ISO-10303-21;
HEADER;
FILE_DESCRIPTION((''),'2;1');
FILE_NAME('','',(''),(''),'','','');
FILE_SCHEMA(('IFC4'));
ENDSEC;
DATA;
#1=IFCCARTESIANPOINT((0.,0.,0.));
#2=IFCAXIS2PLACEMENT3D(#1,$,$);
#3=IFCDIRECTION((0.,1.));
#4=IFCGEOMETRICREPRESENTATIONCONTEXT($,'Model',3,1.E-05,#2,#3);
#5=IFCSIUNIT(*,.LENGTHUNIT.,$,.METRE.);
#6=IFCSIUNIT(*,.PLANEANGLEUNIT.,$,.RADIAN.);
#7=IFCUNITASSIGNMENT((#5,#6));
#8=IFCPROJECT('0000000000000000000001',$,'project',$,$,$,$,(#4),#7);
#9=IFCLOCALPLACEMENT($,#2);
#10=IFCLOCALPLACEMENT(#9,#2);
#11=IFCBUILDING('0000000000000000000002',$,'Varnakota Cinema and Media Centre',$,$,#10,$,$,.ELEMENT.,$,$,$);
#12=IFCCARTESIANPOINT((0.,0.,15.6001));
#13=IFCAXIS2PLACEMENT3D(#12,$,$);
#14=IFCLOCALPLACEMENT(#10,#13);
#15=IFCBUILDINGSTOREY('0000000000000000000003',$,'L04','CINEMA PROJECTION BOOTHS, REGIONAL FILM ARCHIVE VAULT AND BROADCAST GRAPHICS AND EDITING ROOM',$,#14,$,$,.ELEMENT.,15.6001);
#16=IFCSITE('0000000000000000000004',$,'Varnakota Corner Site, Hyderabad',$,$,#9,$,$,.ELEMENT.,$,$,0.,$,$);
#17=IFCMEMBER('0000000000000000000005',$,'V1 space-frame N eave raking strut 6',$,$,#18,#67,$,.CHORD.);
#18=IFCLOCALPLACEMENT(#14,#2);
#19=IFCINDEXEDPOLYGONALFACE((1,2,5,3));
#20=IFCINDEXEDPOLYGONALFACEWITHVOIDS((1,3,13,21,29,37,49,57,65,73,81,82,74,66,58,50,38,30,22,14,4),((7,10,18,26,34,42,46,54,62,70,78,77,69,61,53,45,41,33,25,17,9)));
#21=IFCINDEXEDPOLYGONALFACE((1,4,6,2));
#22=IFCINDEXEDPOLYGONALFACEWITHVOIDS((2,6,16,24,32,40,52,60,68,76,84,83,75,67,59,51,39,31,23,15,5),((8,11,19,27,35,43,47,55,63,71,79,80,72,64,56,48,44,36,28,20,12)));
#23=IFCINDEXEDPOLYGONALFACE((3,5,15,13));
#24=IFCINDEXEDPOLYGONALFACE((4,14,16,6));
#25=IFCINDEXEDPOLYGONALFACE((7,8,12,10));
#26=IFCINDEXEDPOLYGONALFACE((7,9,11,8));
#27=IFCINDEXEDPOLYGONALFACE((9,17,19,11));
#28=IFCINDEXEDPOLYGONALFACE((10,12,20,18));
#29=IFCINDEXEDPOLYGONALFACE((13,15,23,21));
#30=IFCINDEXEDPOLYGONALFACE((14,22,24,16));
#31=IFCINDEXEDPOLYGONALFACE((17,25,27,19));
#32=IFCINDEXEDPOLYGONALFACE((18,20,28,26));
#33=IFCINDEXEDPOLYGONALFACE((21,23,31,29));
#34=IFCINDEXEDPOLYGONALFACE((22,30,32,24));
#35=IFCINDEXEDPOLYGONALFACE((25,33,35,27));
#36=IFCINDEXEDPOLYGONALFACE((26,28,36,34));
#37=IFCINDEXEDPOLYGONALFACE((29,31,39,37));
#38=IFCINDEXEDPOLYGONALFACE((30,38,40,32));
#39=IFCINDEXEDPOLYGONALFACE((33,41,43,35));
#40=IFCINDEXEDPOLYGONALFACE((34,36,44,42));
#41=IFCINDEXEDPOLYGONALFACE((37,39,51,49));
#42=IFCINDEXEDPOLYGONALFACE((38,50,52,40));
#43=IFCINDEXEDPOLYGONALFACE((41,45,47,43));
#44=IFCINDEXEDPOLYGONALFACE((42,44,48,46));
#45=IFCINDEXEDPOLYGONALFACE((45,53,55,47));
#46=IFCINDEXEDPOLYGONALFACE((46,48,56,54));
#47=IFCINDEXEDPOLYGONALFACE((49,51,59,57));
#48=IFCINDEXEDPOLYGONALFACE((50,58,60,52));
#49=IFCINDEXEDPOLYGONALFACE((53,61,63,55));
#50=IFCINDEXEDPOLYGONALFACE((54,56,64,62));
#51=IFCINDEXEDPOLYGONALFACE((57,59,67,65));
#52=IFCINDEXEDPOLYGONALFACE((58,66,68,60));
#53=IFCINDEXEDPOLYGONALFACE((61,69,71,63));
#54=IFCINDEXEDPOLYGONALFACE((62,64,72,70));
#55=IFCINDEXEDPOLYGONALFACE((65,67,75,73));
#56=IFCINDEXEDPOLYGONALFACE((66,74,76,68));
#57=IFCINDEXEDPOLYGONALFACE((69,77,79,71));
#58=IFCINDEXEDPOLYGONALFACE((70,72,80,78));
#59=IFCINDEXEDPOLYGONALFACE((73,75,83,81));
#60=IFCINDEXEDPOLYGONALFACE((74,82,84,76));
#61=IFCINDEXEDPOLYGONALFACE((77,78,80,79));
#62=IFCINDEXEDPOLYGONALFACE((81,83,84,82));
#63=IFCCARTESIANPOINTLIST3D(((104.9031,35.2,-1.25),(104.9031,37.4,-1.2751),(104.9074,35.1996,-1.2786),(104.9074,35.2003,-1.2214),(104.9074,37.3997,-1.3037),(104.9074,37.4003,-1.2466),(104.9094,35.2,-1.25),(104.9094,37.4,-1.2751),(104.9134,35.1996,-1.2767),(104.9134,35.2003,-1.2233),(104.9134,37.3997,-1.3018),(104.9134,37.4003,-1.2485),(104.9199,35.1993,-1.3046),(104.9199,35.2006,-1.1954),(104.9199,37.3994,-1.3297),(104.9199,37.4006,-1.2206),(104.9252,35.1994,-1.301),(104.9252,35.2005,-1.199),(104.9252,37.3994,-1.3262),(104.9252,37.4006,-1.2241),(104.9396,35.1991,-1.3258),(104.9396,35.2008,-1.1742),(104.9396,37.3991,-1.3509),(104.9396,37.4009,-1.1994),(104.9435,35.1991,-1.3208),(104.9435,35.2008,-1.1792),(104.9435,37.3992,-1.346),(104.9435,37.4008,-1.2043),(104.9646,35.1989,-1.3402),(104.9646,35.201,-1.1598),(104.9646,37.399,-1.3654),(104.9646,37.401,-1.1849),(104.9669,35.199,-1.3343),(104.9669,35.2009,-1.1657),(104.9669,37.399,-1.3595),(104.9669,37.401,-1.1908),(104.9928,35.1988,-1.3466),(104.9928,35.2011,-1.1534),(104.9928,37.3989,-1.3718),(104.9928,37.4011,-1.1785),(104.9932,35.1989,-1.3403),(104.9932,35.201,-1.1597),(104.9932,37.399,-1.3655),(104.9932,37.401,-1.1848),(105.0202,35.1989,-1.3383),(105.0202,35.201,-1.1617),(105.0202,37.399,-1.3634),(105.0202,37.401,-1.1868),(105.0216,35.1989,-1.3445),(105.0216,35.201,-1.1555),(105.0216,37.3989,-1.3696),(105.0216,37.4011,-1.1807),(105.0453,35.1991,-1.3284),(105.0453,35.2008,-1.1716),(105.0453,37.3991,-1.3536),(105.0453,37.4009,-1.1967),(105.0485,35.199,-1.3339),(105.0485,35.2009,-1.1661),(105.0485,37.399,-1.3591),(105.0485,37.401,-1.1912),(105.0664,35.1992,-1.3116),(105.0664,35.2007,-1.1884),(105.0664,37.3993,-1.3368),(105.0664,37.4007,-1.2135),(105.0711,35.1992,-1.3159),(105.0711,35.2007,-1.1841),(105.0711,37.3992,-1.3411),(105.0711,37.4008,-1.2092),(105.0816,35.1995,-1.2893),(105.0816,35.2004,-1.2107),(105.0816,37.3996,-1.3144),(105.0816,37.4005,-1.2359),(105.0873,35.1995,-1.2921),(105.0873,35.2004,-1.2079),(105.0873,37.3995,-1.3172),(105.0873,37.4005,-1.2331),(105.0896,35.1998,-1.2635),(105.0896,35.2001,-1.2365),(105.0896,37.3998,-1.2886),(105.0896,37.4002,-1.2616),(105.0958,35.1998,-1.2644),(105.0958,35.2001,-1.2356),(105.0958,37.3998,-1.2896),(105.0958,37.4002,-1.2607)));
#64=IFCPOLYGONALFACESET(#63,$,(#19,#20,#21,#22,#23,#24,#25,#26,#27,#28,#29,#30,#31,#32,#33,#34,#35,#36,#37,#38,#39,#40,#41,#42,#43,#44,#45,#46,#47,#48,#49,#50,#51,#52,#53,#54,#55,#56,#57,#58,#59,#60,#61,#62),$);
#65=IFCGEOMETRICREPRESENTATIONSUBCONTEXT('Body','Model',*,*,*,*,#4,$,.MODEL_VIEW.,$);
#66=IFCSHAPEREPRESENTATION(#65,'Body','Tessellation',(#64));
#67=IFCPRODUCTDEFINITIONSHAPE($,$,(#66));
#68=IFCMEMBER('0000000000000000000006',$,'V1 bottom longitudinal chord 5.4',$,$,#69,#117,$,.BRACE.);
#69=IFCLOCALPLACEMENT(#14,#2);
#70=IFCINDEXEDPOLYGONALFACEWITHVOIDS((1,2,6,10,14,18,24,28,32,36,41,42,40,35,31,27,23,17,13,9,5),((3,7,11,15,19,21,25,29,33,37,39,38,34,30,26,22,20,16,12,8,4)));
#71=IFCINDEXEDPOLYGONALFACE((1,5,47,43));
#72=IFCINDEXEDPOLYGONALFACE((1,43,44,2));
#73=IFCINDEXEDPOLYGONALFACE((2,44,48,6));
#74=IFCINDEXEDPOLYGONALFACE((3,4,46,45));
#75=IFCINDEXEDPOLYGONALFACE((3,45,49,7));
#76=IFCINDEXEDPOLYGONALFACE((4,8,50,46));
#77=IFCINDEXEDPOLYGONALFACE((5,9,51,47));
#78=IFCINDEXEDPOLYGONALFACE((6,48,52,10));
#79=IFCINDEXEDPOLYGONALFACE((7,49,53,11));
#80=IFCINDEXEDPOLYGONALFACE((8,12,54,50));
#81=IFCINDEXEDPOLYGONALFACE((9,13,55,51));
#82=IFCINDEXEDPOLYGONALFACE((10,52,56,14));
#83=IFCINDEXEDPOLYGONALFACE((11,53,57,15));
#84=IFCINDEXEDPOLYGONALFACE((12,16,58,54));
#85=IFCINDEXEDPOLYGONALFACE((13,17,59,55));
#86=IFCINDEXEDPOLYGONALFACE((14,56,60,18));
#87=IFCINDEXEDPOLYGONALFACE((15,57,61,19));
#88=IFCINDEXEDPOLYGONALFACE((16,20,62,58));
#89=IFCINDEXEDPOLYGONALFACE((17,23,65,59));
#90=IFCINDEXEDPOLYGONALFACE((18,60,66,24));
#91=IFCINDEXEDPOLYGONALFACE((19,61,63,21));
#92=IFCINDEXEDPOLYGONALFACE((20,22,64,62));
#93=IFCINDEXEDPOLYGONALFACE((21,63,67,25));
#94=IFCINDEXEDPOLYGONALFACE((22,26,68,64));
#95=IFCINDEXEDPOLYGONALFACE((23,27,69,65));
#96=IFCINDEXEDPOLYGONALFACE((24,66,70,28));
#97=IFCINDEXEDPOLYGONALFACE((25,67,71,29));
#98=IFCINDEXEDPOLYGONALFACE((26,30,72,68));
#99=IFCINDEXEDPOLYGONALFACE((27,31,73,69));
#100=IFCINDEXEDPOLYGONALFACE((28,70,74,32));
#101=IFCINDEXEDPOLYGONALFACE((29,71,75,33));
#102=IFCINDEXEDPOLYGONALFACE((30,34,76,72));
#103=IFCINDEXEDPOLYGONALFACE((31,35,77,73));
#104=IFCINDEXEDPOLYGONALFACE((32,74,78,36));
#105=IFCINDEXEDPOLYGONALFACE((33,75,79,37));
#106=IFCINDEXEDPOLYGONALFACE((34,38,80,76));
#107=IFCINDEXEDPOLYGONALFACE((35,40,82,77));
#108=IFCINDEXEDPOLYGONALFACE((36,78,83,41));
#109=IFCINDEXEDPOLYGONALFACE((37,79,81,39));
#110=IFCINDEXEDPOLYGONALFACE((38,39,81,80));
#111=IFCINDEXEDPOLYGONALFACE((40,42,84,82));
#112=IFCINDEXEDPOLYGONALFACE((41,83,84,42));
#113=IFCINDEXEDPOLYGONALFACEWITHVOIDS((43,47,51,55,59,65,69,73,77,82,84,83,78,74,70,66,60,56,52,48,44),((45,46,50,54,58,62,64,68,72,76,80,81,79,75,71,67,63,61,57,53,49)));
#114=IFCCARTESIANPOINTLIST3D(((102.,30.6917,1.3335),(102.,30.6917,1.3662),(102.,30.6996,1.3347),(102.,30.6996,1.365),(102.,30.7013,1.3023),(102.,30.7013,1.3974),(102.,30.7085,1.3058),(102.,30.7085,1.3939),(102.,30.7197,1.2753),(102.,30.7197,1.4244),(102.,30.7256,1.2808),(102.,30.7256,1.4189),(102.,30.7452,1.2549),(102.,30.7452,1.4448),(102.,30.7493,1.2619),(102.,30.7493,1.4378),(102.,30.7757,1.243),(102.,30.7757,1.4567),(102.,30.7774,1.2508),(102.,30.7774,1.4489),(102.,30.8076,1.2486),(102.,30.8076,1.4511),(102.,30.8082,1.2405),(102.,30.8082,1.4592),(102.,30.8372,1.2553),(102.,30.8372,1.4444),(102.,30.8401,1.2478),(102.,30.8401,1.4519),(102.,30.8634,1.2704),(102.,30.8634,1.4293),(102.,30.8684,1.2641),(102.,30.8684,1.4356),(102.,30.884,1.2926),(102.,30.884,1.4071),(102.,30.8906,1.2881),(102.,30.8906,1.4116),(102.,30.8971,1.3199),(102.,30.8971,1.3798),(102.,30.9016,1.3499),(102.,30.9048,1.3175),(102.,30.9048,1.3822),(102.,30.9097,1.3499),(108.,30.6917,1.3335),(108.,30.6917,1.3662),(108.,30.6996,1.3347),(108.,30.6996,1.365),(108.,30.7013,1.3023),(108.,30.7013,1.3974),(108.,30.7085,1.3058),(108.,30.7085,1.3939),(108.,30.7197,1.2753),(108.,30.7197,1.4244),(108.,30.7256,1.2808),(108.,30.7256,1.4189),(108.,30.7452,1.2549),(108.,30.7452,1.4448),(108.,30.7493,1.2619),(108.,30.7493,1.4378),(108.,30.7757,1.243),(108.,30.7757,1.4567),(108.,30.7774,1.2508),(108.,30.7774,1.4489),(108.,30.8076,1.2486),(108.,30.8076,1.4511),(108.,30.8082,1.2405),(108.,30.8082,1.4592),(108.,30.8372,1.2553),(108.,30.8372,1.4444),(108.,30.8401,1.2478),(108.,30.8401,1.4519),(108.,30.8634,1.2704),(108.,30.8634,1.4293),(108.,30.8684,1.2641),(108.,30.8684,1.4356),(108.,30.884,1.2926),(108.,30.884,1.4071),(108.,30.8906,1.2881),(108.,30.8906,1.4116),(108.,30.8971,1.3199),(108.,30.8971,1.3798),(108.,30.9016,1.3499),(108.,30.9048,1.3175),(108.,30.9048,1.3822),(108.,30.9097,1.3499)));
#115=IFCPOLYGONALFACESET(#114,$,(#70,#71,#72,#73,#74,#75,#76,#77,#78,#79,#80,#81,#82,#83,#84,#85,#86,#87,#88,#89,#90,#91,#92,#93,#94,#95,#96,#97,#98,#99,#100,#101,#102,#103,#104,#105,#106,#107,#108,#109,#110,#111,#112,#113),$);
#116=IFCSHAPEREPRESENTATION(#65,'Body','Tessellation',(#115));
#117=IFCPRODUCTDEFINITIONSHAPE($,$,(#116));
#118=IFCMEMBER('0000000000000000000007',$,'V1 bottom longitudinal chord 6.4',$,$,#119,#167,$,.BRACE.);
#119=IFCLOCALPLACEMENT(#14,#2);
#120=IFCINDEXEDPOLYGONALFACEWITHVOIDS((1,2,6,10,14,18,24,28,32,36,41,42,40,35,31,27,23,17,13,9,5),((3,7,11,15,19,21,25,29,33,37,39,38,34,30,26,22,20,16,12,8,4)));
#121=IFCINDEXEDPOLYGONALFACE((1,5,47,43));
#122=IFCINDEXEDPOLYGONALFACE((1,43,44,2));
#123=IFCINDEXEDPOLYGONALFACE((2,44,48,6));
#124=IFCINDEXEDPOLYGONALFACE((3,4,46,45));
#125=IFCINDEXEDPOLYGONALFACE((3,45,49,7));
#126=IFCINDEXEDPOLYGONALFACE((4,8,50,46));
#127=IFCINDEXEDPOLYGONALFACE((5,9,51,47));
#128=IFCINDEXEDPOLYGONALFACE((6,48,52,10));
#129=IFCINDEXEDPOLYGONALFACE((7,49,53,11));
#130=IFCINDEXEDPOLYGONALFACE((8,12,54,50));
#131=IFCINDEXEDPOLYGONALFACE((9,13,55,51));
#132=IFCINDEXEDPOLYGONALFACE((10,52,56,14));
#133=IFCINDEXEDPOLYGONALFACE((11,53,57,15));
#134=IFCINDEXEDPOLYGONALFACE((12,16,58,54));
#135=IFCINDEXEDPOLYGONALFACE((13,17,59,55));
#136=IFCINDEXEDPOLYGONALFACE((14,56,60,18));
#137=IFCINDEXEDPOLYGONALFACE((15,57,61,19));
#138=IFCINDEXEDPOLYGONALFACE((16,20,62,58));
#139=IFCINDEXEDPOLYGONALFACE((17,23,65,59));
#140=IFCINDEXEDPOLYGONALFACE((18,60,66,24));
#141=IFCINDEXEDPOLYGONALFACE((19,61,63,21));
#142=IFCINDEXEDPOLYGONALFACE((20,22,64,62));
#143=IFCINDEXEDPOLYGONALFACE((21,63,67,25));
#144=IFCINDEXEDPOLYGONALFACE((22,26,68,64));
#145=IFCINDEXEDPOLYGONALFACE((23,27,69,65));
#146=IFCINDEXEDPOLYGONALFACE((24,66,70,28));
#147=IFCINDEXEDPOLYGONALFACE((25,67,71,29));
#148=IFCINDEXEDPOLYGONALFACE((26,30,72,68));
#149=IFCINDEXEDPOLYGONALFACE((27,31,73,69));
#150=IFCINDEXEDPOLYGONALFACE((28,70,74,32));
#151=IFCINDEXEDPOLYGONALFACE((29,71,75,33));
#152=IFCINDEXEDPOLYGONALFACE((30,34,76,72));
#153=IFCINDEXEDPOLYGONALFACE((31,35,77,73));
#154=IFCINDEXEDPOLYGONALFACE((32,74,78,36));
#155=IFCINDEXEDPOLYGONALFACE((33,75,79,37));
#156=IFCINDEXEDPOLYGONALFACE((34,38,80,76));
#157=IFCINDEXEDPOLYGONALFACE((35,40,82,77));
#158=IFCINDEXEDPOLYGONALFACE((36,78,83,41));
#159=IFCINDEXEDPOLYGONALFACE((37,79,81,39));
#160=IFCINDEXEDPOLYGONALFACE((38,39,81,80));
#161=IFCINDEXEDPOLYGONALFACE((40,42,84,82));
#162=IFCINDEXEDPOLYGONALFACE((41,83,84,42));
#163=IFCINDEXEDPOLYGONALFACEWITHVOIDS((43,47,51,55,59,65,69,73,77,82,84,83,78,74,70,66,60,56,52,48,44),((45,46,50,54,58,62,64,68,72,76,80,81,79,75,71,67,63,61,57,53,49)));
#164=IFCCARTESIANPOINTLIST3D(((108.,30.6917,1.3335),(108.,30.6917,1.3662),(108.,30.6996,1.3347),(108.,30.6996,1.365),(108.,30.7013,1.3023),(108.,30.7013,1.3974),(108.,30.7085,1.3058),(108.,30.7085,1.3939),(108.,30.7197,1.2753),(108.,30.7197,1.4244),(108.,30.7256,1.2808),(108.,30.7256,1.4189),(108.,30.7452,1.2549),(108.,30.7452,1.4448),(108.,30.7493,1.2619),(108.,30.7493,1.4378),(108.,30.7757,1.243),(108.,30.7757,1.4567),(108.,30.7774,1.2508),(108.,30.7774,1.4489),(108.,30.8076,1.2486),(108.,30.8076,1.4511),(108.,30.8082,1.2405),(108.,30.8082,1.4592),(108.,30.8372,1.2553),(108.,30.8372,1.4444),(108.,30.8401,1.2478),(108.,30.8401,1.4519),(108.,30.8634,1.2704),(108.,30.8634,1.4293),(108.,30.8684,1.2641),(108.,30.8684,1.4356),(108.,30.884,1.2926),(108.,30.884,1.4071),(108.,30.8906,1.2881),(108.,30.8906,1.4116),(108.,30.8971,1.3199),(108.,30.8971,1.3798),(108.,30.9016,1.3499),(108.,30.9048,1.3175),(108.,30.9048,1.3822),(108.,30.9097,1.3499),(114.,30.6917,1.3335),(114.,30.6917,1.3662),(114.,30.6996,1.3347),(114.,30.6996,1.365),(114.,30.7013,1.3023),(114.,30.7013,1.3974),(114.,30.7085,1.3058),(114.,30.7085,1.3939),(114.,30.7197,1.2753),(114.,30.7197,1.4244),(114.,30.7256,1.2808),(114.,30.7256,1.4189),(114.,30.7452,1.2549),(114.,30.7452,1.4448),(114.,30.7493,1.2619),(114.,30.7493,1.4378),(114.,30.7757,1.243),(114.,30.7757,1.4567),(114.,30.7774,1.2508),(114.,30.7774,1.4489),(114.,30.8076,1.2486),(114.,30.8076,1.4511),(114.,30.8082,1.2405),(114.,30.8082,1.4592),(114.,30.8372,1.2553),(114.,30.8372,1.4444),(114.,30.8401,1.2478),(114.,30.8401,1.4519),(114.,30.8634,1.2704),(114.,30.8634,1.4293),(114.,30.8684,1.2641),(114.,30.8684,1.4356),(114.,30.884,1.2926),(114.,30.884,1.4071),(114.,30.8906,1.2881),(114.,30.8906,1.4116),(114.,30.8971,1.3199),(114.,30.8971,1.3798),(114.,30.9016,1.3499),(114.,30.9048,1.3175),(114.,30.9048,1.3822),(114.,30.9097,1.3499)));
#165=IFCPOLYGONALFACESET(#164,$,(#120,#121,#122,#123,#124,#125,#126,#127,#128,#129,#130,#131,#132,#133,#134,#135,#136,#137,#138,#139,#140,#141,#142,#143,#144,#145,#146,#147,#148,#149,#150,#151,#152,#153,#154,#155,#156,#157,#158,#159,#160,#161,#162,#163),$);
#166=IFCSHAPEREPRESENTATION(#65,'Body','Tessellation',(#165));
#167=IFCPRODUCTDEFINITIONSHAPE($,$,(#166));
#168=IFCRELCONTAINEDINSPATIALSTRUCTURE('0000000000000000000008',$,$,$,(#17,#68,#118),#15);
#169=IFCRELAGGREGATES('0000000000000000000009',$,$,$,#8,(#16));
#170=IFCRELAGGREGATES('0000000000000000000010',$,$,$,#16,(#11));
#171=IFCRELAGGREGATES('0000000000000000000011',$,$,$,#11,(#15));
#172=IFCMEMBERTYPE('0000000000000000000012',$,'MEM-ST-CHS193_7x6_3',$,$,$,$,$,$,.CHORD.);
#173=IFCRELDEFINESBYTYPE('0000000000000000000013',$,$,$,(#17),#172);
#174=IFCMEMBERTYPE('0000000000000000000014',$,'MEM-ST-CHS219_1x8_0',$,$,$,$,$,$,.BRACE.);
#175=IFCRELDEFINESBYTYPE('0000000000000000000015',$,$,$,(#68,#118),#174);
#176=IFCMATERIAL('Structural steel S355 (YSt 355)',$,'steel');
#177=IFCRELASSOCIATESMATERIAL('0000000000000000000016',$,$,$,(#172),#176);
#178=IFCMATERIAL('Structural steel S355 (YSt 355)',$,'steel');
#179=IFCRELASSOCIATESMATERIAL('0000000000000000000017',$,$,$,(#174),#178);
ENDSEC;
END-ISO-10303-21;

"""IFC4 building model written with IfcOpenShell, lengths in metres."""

from ifc_helpers import new_model, si_unit, direction, frame, origin, origin_2d, place, context, subcontext, project, spatial, hollow_circle, extrude, material, material_profile, profile_set, type_object, element, save


model = new_model("IFC4")

# Units and contexts
model_context = context("Model", 3, precision=1e-05, world=origin(), true_north=direction((0.0, 1.0)))
body_context = subcontext(model_context, "Body", "Model", "MODEL_VIEW")
ifc_project = project(units=[si_unit("LENGTHUNIT", "METRE"), si_unit("PLANEANGLEUNIT", "RADIAN")], contexts=[model_context])

# Site, building, storey
site_placement = place(None, origin())
site = spatial("IfcSite", under=ifc_project, at=site_placement, Name="Varnakota Corner Site, Hyderabad", CompositionType="ELEMENT", RefElevation=0.0)
building_placement = place(site_placement, origin())
building = spatial("IfcBuilding", under=site, at=building_placement, Name="Varnakota Cinema and Media Centre", CompositionType="ELEMENT")
storey_placement = place(building_placement, frame((0.0, 0.0, 15.6001)))
storey = spatial("IfcBuildingStorey", under=building, at=storey_placement, Name="L04", Description="CINEMA PROJECTION BOOTHS, REGIONAL FILM ARCHIVE VAULT AND BROADCAST GRAPHICS AND EDITING ROOM", CompositionType="ELEMENT", Elevation=15.6001)

# Members
ifc_material_1 = material(Name="Structural steel S355 (YSt 355)", Category="steel")
ifc_material_profile_1 = material_profile(ifc_material_1, hollow_circle(Radius=0.0969, WallThickness=0.0063, at=origin_2d()), Name="CHS 193.7x6.3")
ifc_profile_set_1 = profile_set([ifc_material_profile_1], Name="Structural steel S355 (YSt 355)")
member_type_1 = type_object("IfcMemberType", Name="MEM-ST-CHS193_7x6_3", PredefinedType="CHORD", material=ifc_profile_set_1)
for number, where, z_axis, x_axis, name in (
    (1, (105.0, 35.2, -1.25), (0.0, 0.999935, -0.01143), (-1.0, 0.0, 0.0), "V1 space-frame N eave raking strut 6"),
):
    element("IfcMember", number, at=place(storey_placement, frame(where, z_axis=z_axis, x_axis=x_axis)), inside=storey, type_object=member_type_1, Name=name, PredefinedType="CHORD", context=body_context, shape_type="SweptSolid", body=[
        extrude(hollow_circle(Radius=0.0969, WallThickness=0.0063, at=origin_2d()), origin(), (0.0, 0.0, 1.0), 2.2002),
    ])
ifc_material_2 = material(Name="Structural steel S355 (YSt 355)", Category="steel")
ifc_material_profile_2 = material_profile(ifc_material_2, hollow_circle(Radius=0.1096, WallThickness=0.0081, at=origin_2d()), Name="CHS 219.1x8.0")
ifc_profile_set_2 = profile_set([ifc_material_profile_2], Name="Structural steel S355 (YSt 355)")
member_type_2 = type_object("IfcMemberType", Name="MEM-ST-CHS219_1x8_0", PredefinedType="BRACE", material=ifc_profile_set_2)
for number, where, z_axis, x_axis, name in (
    (2, (102.0, 30.8, 1.3499), (1.0, 0.0, 0.0), (0.0, 1.0, 0.0), "V1 bottom longitudinal chord 5.4"),
    (3, (108.0, 30.8, 1.3499), (1.0, 0.0, 0.0), (0.0, 1.0, 0.0), "V1 bottom longitudinal chord 6.4"),
):
    element("IfcMember", number, at=place(storey_placement, frame(where, z_axis=z_axis, x_axis=x_axis)), inside=storey, type_object=member_type_2, Name=name, PredefinedType="BRACE", context=body_context, shape_type="SweptSolid", body=[
        extrude(hollow_circle(Radius=0.1096, WallThickness=0.0081, at=origin_2d()), origin(), (0.0, 0.0, 1.0), 6.0),
    ])

save(model, "model.ifc")
